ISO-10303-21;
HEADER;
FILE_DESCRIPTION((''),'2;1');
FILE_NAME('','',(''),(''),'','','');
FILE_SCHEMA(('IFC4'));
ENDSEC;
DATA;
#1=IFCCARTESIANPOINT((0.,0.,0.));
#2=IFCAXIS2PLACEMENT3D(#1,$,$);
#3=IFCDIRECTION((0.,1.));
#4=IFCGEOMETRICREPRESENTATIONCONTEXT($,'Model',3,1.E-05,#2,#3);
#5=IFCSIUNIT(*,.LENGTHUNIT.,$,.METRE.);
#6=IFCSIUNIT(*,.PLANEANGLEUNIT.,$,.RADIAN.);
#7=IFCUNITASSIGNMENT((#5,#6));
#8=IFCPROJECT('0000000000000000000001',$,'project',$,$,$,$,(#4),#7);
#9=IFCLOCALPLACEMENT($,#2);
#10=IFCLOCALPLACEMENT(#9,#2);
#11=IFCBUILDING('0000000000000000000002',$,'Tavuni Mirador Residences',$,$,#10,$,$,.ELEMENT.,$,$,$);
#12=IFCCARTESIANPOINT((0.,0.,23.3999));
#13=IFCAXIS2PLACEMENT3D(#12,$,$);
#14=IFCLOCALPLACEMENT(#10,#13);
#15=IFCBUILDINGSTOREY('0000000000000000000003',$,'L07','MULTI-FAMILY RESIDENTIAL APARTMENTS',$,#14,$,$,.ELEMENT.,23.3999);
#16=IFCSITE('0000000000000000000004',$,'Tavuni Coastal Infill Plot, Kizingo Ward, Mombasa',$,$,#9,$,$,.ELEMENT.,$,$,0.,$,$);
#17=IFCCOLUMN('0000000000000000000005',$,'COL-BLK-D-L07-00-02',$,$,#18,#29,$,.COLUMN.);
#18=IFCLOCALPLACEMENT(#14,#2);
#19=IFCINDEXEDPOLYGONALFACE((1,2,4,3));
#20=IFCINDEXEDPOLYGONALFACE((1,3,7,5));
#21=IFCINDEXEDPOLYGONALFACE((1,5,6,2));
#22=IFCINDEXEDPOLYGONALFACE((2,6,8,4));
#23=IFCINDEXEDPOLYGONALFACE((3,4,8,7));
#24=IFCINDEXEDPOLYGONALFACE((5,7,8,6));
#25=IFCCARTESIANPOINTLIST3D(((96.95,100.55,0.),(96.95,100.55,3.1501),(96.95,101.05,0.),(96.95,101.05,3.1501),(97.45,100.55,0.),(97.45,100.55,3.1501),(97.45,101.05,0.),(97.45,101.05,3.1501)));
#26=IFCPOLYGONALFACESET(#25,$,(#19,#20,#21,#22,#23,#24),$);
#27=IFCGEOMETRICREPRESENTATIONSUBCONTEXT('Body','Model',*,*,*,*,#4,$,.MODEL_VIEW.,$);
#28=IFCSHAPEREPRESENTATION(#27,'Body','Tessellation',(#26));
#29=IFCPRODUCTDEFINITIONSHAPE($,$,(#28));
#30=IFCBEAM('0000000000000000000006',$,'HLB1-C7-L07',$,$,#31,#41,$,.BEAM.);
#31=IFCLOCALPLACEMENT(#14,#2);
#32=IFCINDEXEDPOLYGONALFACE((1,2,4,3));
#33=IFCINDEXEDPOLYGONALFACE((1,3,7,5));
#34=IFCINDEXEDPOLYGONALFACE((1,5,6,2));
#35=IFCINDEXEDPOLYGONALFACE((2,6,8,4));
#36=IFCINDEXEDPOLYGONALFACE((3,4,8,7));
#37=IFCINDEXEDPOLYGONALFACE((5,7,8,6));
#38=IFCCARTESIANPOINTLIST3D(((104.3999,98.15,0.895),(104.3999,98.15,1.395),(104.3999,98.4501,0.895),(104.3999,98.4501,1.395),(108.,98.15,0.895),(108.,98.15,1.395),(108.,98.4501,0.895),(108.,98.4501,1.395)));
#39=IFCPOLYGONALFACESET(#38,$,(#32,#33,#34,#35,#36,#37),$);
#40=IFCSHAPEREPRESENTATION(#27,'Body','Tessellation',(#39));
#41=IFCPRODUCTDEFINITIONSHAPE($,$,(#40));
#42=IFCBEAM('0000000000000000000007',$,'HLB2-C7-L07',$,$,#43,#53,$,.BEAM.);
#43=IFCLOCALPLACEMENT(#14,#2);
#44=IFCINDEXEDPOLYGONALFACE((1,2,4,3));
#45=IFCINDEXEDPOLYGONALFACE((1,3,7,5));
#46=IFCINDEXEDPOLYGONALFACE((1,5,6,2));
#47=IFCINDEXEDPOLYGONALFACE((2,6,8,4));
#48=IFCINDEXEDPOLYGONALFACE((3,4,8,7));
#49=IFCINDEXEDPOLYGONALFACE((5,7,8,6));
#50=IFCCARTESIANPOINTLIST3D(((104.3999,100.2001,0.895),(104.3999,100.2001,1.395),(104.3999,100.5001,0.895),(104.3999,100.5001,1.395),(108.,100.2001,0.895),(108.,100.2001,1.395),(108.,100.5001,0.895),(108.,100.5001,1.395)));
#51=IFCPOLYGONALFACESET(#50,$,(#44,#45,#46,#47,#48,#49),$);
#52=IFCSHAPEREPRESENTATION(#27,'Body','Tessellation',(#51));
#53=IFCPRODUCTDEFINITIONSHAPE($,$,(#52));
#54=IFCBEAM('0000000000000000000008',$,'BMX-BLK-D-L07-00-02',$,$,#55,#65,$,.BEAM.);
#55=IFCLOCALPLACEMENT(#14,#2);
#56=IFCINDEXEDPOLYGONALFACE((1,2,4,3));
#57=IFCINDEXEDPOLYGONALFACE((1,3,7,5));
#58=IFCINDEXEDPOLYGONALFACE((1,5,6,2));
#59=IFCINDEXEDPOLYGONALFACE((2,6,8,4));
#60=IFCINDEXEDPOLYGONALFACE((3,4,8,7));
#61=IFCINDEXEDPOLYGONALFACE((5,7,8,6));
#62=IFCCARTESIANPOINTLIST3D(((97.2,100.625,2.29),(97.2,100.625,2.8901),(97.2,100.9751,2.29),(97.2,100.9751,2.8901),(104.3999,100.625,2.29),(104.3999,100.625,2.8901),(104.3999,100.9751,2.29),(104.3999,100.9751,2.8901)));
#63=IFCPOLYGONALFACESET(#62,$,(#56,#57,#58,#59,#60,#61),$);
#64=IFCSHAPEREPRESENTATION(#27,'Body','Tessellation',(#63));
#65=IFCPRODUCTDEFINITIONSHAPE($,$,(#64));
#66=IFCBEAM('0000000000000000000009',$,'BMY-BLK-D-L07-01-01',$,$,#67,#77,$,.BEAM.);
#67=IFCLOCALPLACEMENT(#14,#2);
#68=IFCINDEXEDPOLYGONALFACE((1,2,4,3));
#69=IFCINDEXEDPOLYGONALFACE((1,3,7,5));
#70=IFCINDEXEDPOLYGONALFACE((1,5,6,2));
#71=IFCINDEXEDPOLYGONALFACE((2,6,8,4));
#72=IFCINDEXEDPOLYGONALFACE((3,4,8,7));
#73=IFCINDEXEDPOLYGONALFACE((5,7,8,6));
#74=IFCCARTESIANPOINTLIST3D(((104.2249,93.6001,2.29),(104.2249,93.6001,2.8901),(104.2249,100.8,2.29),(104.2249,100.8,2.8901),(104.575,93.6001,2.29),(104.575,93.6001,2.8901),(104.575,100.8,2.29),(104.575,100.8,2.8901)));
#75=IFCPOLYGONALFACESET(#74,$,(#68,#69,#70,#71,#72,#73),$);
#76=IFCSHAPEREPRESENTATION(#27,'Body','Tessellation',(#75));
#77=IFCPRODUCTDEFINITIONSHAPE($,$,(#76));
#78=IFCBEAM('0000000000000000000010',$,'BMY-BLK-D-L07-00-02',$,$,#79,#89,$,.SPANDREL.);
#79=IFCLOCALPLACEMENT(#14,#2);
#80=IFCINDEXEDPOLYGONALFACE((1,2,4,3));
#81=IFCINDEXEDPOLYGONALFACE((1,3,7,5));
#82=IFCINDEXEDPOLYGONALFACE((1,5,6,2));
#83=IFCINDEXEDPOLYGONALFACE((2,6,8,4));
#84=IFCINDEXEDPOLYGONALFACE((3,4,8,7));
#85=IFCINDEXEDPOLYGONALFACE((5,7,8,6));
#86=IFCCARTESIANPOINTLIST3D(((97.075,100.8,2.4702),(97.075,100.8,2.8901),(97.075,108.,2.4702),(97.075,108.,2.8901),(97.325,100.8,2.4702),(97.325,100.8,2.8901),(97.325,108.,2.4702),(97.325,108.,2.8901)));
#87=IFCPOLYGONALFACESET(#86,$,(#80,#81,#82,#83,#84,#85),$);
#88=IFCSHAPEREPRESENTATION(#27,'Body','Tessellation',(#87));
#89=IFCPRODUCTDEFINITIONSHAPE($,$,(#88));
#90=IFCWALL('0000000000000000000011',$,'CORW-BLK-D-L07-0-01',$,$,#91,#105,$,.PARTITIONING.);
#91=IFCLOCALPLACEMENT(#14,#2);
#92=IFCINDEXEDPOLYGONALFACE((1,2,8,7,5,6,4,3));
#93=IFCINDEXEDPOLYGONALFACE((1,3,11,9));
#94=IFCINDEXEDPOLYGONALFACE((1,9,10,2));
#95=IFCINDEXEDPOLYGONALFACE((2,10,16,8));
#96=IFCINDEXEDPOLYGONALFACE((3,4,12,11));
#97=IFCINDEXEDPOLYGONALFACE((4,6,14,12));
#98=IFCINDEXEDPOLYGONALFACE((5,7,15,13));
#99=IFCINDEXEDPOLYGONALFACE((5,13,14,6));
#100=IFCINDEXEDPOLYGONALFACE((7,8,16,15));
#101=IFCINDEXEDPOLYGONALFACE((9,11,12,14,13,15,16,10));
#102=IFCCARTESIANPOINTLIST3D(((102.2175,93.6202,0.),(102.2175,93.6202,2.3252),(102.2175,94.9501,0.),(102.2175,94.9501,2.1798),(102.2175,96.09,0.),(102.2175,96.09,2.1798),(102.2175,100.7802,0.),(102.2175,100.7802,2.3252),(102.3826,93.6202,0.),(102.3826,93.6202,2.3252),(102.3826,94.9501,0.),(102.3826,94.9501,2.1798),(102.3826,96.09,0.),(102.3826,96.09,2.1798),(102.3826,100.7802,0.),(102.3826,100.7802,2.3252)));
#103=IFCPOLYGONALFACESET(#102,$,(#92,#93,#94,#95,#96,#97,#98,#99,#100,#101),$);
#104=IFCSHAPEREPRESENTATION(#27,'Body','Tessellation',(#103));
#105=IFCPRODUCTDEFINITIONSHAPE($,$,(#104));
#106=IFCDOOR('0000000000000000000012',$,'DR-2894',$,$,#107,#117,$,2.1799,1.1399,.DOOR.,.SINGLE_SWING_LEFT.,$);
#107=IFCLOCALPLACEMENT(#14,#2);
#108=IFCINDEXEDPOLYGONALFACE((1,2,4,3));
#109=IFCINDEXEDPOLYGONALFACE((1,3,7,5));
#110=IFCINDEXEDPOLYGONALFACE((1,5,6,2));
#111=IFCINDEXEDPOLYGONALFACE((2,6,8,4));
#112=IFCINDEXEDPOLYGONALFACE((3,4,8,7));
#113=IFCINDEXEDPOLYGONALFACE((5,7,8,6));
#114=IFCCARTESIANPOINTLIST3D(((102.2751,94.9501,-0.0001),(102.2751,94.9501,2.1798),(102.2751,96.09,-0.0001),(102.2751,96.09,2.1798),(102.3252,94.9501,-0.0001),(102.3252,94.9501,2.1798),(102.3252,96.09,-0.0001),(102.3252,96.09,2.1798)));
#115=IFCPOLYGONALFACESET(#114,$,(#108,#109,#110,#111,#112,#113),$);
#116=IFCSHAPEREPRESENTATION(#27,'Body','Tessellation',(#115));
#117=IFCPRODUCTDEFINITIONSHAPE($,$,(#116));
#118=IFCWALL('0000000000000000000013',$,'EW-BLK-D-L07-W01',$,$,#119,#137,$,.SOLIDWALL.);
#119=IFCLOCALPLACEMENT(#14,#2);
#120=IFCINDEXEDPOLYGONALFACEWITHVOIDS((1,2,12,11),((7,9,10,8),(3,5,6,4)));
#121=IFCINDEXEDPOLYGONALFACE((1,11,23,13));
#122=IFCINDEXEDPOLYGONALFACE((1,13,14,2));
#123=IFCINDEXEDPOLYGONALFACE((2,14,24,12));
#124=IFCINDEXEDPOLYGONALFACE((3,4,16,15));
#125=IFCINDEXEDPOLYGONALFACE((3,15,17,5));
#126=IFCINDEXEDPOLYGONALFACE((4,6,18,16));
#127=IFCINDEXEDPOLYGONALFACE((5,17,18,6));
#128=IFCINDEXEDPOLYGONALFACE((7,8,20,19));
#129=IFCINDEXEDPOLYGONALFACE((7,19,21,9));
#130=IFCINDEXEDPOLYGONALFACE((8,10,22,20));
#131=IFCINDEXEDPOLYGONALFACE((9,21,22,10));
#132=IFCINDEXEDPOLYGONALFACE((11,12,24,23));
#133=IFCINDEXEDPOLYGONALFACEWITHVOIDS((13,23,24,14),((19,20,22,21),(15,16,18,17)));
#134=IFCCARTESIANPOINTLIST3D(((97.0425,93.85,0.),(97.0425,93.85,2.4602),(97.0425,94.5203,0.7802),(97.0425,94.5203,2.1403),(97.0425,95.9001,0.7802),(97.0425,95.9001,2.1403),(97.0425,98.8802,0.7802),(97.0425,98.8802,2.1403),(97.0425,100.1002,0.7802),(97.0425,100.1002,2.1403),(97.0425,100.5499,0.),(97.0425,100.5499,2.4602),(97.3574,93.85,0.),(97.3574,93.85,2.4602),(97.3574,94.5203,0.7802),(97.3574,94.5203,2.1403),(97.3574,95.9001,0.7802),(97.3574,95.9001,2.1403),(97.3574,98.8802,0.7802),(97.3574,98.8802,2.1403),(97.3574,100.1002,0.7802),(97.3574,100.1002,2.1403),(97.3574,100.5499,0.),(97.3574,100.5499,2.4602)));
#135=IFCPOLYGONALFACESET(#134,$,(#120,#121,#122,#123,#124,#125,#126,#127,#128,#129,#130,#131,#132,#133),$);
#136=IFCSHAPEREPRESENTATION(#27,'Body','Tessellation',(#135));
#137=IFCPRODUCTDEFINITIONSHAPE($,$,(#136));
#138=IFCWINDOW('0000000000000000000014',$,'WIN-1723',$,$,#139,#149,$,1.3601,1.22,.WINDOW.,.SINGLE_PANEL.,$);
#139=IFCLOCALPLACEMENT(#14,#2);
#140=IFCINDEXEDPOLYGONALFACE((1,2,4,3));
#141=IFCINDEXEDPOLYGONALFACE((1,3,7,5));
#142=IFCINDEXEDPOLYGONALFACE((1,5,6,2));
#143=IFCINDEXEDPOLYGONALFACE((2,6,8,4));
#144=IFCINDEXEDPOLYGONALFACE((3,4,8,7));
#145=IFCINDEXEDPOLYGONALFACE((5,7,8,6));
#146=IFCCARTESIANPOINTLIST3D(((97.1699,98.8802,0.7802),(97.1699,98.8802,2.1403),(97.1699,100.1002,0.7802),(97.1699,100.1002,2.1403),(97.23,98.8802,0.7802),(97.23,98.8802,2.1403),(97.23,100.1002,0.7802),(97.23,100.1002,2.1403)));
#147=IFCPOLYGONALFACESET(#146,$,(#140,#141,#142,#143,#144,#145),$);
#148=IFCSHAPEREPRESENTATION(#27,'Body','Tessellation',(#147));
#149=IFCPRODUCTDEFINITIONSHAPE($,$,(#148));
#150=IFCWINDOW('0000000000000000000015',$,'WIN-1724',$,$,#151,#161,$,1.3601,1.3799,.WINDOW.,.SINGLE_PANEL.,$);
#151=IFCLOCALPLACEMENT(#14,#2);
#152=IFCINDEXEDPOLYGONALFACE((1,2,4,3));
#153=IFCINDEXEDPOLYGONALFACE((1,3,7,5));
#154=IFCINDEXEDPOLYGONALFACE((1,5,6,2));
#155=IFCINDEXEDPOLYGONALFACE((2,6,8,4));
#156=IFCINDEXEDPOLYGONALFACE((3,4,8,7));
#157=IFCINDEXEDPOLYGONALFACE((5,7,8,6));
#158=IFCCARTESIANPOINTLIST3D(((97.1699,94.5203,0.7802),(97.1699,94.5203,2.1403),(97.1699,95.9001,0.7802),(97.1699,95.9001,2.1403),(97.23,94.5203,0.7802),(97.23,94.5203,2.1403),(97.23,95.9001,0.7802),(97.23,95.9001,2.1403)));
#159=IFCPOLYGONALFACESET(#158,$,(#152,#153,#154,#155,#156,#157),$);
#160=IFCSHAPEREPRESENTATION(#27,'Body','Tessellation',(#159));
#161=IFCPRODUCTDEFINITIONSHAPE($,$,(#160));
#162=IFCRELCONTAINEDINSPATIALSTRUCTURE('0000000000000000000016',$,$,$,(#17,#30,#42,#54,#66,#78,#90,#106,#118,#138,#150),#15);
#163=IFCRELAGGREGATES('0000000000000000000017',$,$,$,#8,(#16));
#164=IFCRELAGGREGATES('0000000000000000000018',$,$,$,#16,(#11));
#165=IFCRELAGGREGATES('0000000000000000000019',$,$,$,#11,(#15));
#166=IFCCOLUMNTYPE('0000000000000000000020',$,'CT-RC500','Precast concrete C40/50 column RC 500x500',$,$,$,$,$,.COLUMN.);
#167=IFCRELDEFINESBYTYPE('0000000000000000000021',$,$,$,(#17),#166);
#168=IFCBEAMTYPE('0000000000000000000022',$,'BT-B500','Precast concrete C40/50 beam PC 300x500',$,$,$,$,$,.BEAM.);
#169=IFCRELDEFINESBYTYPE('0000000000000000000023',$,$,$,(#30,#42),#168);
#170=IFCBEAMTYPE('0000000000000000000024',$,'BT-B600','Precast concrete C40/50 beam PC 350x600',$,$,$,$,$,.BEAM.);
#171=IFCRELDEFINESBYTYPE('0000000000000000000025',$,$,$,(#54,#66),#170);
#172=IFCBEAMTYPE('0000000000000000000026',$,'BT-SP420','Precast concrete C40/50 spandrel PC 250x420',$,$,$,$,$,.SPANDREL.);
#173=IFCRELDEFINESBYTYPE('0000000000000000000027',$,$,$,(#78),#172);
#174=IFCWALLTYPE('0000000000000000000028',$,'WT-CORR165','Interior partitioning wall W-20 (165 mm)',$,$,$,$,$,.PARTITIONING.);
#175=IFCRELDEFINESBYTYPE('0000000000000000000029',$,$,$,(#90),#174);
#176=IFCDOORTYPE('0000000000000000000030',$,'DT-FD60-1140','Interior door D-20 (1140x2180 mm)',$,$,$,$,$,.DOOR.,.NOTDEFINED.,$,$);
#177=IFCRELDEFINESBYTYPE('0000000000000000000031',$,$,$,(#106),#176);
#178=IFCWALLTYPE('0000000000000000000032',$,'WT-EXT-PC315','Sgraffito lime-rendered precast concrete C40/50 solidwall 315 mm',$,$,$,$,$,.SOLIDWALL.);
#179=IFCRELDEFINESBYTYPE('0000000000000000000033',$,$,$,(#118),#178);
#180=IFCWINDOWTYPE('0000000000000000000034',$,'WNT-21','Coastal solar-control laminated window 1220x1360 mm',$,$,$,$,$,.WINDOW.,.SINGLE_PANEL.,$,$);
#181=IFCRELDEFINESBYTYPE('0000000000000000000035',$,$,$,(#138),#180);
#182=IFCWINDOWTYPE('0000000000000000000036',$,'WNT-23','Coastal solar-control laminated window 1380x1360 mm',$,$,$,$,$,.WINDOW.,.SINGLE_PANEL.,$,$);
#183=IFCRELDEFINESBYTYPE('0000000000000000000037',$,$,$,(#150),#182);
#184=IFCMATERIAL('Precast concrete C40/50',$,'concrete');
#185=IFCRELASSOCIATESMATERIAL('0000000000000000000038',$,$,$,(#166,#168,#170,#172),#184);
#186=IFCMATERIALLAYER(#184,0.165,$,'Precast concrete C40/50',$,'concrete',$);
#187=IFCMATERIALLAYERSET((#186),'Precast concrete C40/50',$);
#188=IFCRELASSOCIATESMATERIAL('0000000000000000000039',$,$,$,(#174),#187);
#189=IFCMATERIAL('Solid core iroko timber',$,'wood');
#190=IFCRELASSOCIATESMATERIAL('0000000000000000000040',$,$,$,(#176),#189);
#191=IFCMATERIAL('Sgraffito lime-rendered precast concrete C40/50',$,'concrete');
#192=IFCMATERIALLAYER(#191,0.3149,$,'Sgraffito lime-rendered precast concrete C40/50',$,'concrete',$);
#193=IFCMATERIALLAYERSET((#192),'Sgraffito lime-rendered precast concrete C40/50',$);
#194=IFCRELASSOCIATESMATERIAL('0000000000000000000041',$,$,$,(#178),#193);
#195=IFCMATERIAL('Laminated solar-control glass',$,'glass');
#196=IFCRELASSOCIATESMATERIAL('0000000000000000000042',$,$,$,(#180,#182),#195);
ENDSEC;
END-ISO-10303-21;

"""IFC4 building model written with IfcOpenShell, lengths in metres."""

from ifc_helpers import new_model, si_unit, direction, frame, frame_2d, origin, origin_2d, place, context, subcontext, project, spatial, rectangle, extrude, material, layer, layer_set, material_profile, profile_set, type_object, element, fill, save


model = new_model("IFC4")

# Units and contexts
model_context = context("Model", 3, precision=1e-05, world=origin(), true_north=direction((0.0, 1.0)))
body_context = subcontext(model_context, "Body", "Model", "MODEL_VIEW")
ifc_project = project(units=[si_unit("LENGTHUNIT", "METRE"), si_unit("PLANEANGLEUNIT", "RADIAN")], contexts=[model_context])

# Site, building, storey
site_placement = place(None, origin())
site = spatial("IfcSite", under=ifc_project, at=site_placement, Name="Tavuni Coastal Infill Plot, Kizingo Ward, Mombasa", CompositionType="ELEMENT", RefElevation=0.0)
building_placement = place(site_placement, origin())
building = spatial("IfcBuilding", under=site, at=building_placement, Name="Tavuni Mirador Residences", CompositionType="ELEMENT")
storey_placement = place(building_placement, frame((0.0, 0.0, 23.3999)))
storey = spatial("IfcBuildingStorey", under=building, at=storey_placement, Name="L07", Description="MULTI-FAMILY RESIDENTIAL APARTMENTS", CompositionType="ELEMENT", Elevation=23.3999)

# Column
ifc_material_1 = material(Name="Precast concrete C40/50", Category="concrete")
ifc_material_profile_1 = material_profile(ifc_material_1, rectangle(XDim=0.5, YDim=0.5, at=origin_2d()), Name="RC 500x500", Category="concrete")
ifc_profile_set_1 = profile_set([ifc_material_profile_1], Name="Precast concrete C40/50")
column_type = type_object("IfcColumnType", Name="CT-RC500", Description="Precast concrete C40/50 column RC 500x500", PredefinedType="COLUMN", material=ifc_profile_set_1)
column_placement = place(storey_placement, frame((97.2, 100.8, 0.0), z_axis=(0.0, 0.0, 1.0), x_axis=(1.0, 0.0, 0.0)))
element("IfcColumn", 1, at=column_placement, inside=storey, type_object=column_type, Name="COL-BLK-D-L07-00-02", PredefinedType="COLUMN", context=body_context, shape_type="SweptSolid", body=[
    extrude(rectangle(XDim=0.5, YDim=0.5, at=origin_2d()), origin(), (0.0, 0.0, 1.0), 3.1501),
])

# Beams
ifc_material_profile_2 = material_profile(ifc_material_1, rectangle(XDim=0.3, YDim=0.5, at=origin_2d()), Name="PC 300x500", Category="concrete")
ifc_profile_set_2 = profile_set([ifc_material_profile_2], Name="Precast concrete C40/50")
beam_type_1 = type_object("IfcBeamType", Name="BT-B500", Description="Precast concrete C40/50 beam PC 300x500", PredefinedType="BEAM", material=ifc_profile_set_2)
for number, where, z_axis, x_axis, name in (
    (2, (104.3999, 98.3, 1.145), (1.0, 0.0, 0.0), (0.0, 1.0, 0.0), "HLB1-C7-L07"),
    (3, (104.3999, 100.3501, 1.145), (1.0, 0.0, 0.0), (0.0, 1.0, 0.0), "HLB2-C7-L07"),
):
    element("IfcBeam", number, at=place(storey_placement, frame(where, z_axis=z_axis, x_axis=x_axis)), inside=storey, type_object=beam_type_1, Name=name, PredefinedType="BEAM", context=body_context, shape_type="SweptSolid", body=[
        extrude(rectangle(XDim=0.3, YDim=0.5, at=origin_2d()), origin(), (0.0, 0.0, 1.0), 3.6001),
    ])
ifc_material_profile_3 = material_profile(ifc_material_1, rectangle(XDim=0.3501, YDim=0.6001, at=origin_2d()), Name="PC 350x600", Category="concrete")
ifc_profile_set_3 = profile_set([ifc_material_profile_3], Name="Precast concrete C40/50")
beam_type_2 = type_object("IfcBeamType", Name="BT-B600", Description="Precast concrete C40/50 beam PC 350x600", PredefinedType="BEAM", material=ifc_profile_set_3)
for number, where, z_axis, x_axis, name in (
    (4, (97.2, 100.8, 2.5901), (1.0, 0.0, 0.0), (0.0, 1.0, 0.0), "BMX-BLK-D-L07-00-02"),
    (5, (104.3999, 93.6001, 2.5901), (0.0, 1.0, 0.0), (-1.0, 0.0, 0.0), "BMY-BLK-D-L07-01-01"),
):
    element("IfcBeam", number, at=place(storey_placement, frame(where, z_axis=z_axis, x_axis=x_axis)), inside=storey, type_object=beam_type_2, Name=name, PredefinedType="BEAM", context=body_context, shape_type="SweptSolid", body=[
        extrude(rectangle(XDim=0.3501, YDim=0.6001, at=origin_2d()), origin(), (0.0, 0.0, 1.0), 7.2),
    ])
ifc_material_profile_4 = material_profile(ifc_material_1, rectangle(XDim=0.25, YDim=0.4199, at=origin_2d()), Name="PC 250x420", Category="concrete")
ifc_profile_set_4 = profile_set([ifc_material_profile_4], Name="Precast concrete C40/50")
beam_type_3 = type_object("IfcBeamType", Name="BT-SP420", Description="Precast concrete C40/50 spandrel PC 250x420", PredefinedType="SPANDREL", material=ifc_profile_set_4)
beam_placement = place(storey_placement, frame((97.2, 100.8, 2.6802), z_axis=(0.0, 1.0, 0.0), x_axis=(-1.0, 0.0, 0.0)))
element("IfcBeam", 6, at=beam_placement, inside=storey, type_object=beam_type_3, Name="BMY-BLK-D-L07-00-02", PredefinedType="SPANDREL", context=body_context, shape_type="SweptSolid", body=[
    extrude(rectangle(XDim=0.25, YDim=0.4199, at=origin_2d()), origin(), (0.0, 0.0, 1.0), 7.2),
])

# Wall, opening, door
ifc_material_2 = material(Name="Solid core iroko timber", Category="wood")
ifc_layer_1 = layer(ifc_material_1, 0.165, Name="Precast concrete C40/50", Category="concrete")
ifc_layer_set_1 = layer_set([ifc_layer_1], Name="Precast concrete C40/50")
wall_type_1 = type_object("IfcWallType", Name="WT-CORR165", Description="Interior partitioning wall W-20 (165 mm)", PredefinedType="PARTITIONING", material=ifc_layer_set_1)
wall_1_placement = place(storey_placement, frame((102.3, 93.6201, 0.0), z_axis=(0.0, 0.0, 1.0), x_axis=(0.0, 1.0, 0.0)))
wall_1 = element("IfcWall", 7, at=wall_1_placement, inside=storey, type_object=wall_type_1, Name="CORW-BLK-D-L07-0-01", PredefinedType="PARTITIONING", context=body_context, shape_type="SweptSolid", body=[
    extrude(rectangle(XDim=7.1599, YDim=0.165, at=frame_2d((3.5801, 0.0))), origin(), (0.0, 0.0, 1.0), 2.3252),
])
opening_1_placement = place(wall_1_placement, frame((1.3301, 0.0, 0.0)))
opening_1 = element("IfcOpeningElement", 8, at=opening_1_placement, cuts=wall_1, PredefinedType="OPENING", context=body_context, shape_type="SweptSolid", body=[
    extrude(rectangle(XDim=1.1399, YDim=2.1799, at=frame_2d((0.5698, 1.0898))), frame((0.0, 0.0925, 0.0), z_axis=(0.0, -1.0, 0.0), x_axis=(1.0, 0.0, 0.0)), (0.0, 0.0, 1.0), 0.1851),
])
door_type_1 = type_object("IfcDoorType", Name="DT-FD60-1140", Description="Interior door D-20 (1140x2180 mm)", OperationType="NOTDEFINED", PredefinedType="DOOR", material=ifc_material_2)
door_1_placement = place(opening_1_placement, origin())
door_1 = element("IfcDoor", 9, at=door_1_placement, inside=storey, type_object=door_type_1, Name="DR-2894", OperationType="SINGLE_SWING_LEFT", OverallHeight=2.1799, OverallWidth=1.1399, PredefinedType="DOOR", context=body_context, shape_type="SweptSolid", body=[
    extrude(rectangle(XDim=1.1399, YDim=2.1799, at=frame_2d((0.5698, 1.0898))), frame((0.0, 0.0249, 0.0), z_axis=(0.0, -1.0, 0.0), x_axis=(1.0, 0.0, 0.0)), (0.0, 0.0, 1.0), 0.05),
])
fill(opening_1, door_1)

# Wall, openings, windows
ifc_material_3 = material(Name="Sgraffito lime-rendered precast concrete C40/50", Category="concrete")
ifc_layer_2 = layer(ifc_material_3, 0.3149, Name="Sgraffito lime-rendered precast concrete C40/50", Category="concrete")
ifc_layer_set_2 = layer_set([ifc_layer_2], Name="Sgraffito lime-rendered precast concrete C40/50")
wall_type_2 = type_object("IfcWallType", Name="WT-EXT-PC315", Description="Sgraffito lime-rendered precast concrete C40/50 solidwall 315 mm", PredefinedType="SOLIDWALL", material=ifc_layer_set_2)
wall_2_placement = place(storey_placement, frame((97.2, 100.55, 0.0), z_axis=(0.0, 0.0, 1.0), x_axis=(0.0, -1.0, 0.0)))
wall_2 = element("IfcWall", 10, at=wall_2_placement, inside=storey, type_object=wall_type_2, Name="EW-BLK-D-L07-W01", PredefinedType="SOLIDWALL", context=body_context, shape_type="SweptSolid", body=[
    extrude(rectangle(XDim=6.7, YDim=0.3149, at=frame_2d((3.3501, 0.0))), origin(), (0.0, 0.0, 1.0), 2.4602),
])
opening_2_placement = place(wall_2_placement, frame((0.45, 0.0, 0.78)))
opening_2 = element("IfcOpeningElement", 11, at=opening_2_placement, cuts=wall_2, PredefinedType="OPENING", context=body_context, shape_type="SweptSolid", body=[
    extrude(rectangle(XDim=1.22, YDim=1.3601, at=frame_2d((0.6099, 0.6802))), frame((0.0, 0.1675, 0.0), z_axis=(0.0, -1.0, 0.0), x_axis=(1.0, 0.0, 0.0)), (0.0, 0.0, 1.0), 0.335),
])
opening_3_placement = place(wall_2_placement, frame((4.6499, 0.0, 0.78)))
opening_3 = element("IfcOpeningElement", 12, at=opening_3_placement, cuts=wall_2, PredefinedType="OPENING", context=body_context, shape_type="SweptSolid", body=[
    extrude(rectangle(XDim=1.3799, YDim=1.3601, at=frame_2d((0.6899, 0.6802))), frame((0.0, 0.1675, 0.0), z_axis=(0.0, -1.0, 0.0), x_axis=(1.0, 0.0, 0.0)), (0.0, 0.0, 1.0), 0.335),
])
ifc_material_4 = material(Name="Laminated solar-control glass", Category="glass")
window_type_1 = type_object("IfcWindowType", Name="WNT-21", Description="Coastal solar-control laminated window 1220x1360 mm", PartitioningType="SINGLE_PANEL", PredefinedType="WINDOW", material=ifc_material_4)
window_1_placement = place(opening_2_placement, origin())
window_1 = element("IfcWindow", 13, at=window_1_placement, inside=storey, type_object=window_type_1, Name="WIN-1723", OverallHeight=1.3601, OverallWidth=1.22, PartitioningType="SINGLE_PANEL", PredefinedType="WINDOW", context=body_context, shape_type="SweptSolid", body=[
    extrude(rectangle(XDim=1.22, YDim=1.3601, at=frame_2d((0.6099, 0.6802))), frame((0.0, 0.03, 0.0), z_axis=(0.0, -1.0, 0.0), x_axis=(1.0, 0.0, 0.0)), (0.0, 0.0, 1.0), 0.0601),
])
fill(opening_2, window_1)
window_type_2 = type_object("IfcWindowType", Name="WNT-23", Description="Coastal solar-control laminated window 1380x1360 mm", PartitioningType="SINGLE_PANEL", PredefinedType="WINDOW", material=ifc_material_4)
window_2_placement = place(opening_3_placement, origin())
window_2 = element("IfcWindow", 14, at=window_2_placement, inside=storey, type_object=window_type_2, Name="WIN-1724", OverallHeight=1.3601, OverallWidth=1.3799, PartitioningType="SINGLE_PANEL", PredefinedType="WINDOW", context=body_context, shape_type="SweptSolid", body=[
    extrude(rectangle(XDim=1.3799, YDim=1.3601, at=frame_2d((0.6899, 0.6802))), frame((0.0, 0.03, 0.0), z_axis=(0.0, -1.0, 0.0), x_axis=(1.0, 0.0, 0.0)), (0.0, 0.0, 1.0), 0.0601),
])
fill(opening_3, window_2)

save(model, "model.ifc")
